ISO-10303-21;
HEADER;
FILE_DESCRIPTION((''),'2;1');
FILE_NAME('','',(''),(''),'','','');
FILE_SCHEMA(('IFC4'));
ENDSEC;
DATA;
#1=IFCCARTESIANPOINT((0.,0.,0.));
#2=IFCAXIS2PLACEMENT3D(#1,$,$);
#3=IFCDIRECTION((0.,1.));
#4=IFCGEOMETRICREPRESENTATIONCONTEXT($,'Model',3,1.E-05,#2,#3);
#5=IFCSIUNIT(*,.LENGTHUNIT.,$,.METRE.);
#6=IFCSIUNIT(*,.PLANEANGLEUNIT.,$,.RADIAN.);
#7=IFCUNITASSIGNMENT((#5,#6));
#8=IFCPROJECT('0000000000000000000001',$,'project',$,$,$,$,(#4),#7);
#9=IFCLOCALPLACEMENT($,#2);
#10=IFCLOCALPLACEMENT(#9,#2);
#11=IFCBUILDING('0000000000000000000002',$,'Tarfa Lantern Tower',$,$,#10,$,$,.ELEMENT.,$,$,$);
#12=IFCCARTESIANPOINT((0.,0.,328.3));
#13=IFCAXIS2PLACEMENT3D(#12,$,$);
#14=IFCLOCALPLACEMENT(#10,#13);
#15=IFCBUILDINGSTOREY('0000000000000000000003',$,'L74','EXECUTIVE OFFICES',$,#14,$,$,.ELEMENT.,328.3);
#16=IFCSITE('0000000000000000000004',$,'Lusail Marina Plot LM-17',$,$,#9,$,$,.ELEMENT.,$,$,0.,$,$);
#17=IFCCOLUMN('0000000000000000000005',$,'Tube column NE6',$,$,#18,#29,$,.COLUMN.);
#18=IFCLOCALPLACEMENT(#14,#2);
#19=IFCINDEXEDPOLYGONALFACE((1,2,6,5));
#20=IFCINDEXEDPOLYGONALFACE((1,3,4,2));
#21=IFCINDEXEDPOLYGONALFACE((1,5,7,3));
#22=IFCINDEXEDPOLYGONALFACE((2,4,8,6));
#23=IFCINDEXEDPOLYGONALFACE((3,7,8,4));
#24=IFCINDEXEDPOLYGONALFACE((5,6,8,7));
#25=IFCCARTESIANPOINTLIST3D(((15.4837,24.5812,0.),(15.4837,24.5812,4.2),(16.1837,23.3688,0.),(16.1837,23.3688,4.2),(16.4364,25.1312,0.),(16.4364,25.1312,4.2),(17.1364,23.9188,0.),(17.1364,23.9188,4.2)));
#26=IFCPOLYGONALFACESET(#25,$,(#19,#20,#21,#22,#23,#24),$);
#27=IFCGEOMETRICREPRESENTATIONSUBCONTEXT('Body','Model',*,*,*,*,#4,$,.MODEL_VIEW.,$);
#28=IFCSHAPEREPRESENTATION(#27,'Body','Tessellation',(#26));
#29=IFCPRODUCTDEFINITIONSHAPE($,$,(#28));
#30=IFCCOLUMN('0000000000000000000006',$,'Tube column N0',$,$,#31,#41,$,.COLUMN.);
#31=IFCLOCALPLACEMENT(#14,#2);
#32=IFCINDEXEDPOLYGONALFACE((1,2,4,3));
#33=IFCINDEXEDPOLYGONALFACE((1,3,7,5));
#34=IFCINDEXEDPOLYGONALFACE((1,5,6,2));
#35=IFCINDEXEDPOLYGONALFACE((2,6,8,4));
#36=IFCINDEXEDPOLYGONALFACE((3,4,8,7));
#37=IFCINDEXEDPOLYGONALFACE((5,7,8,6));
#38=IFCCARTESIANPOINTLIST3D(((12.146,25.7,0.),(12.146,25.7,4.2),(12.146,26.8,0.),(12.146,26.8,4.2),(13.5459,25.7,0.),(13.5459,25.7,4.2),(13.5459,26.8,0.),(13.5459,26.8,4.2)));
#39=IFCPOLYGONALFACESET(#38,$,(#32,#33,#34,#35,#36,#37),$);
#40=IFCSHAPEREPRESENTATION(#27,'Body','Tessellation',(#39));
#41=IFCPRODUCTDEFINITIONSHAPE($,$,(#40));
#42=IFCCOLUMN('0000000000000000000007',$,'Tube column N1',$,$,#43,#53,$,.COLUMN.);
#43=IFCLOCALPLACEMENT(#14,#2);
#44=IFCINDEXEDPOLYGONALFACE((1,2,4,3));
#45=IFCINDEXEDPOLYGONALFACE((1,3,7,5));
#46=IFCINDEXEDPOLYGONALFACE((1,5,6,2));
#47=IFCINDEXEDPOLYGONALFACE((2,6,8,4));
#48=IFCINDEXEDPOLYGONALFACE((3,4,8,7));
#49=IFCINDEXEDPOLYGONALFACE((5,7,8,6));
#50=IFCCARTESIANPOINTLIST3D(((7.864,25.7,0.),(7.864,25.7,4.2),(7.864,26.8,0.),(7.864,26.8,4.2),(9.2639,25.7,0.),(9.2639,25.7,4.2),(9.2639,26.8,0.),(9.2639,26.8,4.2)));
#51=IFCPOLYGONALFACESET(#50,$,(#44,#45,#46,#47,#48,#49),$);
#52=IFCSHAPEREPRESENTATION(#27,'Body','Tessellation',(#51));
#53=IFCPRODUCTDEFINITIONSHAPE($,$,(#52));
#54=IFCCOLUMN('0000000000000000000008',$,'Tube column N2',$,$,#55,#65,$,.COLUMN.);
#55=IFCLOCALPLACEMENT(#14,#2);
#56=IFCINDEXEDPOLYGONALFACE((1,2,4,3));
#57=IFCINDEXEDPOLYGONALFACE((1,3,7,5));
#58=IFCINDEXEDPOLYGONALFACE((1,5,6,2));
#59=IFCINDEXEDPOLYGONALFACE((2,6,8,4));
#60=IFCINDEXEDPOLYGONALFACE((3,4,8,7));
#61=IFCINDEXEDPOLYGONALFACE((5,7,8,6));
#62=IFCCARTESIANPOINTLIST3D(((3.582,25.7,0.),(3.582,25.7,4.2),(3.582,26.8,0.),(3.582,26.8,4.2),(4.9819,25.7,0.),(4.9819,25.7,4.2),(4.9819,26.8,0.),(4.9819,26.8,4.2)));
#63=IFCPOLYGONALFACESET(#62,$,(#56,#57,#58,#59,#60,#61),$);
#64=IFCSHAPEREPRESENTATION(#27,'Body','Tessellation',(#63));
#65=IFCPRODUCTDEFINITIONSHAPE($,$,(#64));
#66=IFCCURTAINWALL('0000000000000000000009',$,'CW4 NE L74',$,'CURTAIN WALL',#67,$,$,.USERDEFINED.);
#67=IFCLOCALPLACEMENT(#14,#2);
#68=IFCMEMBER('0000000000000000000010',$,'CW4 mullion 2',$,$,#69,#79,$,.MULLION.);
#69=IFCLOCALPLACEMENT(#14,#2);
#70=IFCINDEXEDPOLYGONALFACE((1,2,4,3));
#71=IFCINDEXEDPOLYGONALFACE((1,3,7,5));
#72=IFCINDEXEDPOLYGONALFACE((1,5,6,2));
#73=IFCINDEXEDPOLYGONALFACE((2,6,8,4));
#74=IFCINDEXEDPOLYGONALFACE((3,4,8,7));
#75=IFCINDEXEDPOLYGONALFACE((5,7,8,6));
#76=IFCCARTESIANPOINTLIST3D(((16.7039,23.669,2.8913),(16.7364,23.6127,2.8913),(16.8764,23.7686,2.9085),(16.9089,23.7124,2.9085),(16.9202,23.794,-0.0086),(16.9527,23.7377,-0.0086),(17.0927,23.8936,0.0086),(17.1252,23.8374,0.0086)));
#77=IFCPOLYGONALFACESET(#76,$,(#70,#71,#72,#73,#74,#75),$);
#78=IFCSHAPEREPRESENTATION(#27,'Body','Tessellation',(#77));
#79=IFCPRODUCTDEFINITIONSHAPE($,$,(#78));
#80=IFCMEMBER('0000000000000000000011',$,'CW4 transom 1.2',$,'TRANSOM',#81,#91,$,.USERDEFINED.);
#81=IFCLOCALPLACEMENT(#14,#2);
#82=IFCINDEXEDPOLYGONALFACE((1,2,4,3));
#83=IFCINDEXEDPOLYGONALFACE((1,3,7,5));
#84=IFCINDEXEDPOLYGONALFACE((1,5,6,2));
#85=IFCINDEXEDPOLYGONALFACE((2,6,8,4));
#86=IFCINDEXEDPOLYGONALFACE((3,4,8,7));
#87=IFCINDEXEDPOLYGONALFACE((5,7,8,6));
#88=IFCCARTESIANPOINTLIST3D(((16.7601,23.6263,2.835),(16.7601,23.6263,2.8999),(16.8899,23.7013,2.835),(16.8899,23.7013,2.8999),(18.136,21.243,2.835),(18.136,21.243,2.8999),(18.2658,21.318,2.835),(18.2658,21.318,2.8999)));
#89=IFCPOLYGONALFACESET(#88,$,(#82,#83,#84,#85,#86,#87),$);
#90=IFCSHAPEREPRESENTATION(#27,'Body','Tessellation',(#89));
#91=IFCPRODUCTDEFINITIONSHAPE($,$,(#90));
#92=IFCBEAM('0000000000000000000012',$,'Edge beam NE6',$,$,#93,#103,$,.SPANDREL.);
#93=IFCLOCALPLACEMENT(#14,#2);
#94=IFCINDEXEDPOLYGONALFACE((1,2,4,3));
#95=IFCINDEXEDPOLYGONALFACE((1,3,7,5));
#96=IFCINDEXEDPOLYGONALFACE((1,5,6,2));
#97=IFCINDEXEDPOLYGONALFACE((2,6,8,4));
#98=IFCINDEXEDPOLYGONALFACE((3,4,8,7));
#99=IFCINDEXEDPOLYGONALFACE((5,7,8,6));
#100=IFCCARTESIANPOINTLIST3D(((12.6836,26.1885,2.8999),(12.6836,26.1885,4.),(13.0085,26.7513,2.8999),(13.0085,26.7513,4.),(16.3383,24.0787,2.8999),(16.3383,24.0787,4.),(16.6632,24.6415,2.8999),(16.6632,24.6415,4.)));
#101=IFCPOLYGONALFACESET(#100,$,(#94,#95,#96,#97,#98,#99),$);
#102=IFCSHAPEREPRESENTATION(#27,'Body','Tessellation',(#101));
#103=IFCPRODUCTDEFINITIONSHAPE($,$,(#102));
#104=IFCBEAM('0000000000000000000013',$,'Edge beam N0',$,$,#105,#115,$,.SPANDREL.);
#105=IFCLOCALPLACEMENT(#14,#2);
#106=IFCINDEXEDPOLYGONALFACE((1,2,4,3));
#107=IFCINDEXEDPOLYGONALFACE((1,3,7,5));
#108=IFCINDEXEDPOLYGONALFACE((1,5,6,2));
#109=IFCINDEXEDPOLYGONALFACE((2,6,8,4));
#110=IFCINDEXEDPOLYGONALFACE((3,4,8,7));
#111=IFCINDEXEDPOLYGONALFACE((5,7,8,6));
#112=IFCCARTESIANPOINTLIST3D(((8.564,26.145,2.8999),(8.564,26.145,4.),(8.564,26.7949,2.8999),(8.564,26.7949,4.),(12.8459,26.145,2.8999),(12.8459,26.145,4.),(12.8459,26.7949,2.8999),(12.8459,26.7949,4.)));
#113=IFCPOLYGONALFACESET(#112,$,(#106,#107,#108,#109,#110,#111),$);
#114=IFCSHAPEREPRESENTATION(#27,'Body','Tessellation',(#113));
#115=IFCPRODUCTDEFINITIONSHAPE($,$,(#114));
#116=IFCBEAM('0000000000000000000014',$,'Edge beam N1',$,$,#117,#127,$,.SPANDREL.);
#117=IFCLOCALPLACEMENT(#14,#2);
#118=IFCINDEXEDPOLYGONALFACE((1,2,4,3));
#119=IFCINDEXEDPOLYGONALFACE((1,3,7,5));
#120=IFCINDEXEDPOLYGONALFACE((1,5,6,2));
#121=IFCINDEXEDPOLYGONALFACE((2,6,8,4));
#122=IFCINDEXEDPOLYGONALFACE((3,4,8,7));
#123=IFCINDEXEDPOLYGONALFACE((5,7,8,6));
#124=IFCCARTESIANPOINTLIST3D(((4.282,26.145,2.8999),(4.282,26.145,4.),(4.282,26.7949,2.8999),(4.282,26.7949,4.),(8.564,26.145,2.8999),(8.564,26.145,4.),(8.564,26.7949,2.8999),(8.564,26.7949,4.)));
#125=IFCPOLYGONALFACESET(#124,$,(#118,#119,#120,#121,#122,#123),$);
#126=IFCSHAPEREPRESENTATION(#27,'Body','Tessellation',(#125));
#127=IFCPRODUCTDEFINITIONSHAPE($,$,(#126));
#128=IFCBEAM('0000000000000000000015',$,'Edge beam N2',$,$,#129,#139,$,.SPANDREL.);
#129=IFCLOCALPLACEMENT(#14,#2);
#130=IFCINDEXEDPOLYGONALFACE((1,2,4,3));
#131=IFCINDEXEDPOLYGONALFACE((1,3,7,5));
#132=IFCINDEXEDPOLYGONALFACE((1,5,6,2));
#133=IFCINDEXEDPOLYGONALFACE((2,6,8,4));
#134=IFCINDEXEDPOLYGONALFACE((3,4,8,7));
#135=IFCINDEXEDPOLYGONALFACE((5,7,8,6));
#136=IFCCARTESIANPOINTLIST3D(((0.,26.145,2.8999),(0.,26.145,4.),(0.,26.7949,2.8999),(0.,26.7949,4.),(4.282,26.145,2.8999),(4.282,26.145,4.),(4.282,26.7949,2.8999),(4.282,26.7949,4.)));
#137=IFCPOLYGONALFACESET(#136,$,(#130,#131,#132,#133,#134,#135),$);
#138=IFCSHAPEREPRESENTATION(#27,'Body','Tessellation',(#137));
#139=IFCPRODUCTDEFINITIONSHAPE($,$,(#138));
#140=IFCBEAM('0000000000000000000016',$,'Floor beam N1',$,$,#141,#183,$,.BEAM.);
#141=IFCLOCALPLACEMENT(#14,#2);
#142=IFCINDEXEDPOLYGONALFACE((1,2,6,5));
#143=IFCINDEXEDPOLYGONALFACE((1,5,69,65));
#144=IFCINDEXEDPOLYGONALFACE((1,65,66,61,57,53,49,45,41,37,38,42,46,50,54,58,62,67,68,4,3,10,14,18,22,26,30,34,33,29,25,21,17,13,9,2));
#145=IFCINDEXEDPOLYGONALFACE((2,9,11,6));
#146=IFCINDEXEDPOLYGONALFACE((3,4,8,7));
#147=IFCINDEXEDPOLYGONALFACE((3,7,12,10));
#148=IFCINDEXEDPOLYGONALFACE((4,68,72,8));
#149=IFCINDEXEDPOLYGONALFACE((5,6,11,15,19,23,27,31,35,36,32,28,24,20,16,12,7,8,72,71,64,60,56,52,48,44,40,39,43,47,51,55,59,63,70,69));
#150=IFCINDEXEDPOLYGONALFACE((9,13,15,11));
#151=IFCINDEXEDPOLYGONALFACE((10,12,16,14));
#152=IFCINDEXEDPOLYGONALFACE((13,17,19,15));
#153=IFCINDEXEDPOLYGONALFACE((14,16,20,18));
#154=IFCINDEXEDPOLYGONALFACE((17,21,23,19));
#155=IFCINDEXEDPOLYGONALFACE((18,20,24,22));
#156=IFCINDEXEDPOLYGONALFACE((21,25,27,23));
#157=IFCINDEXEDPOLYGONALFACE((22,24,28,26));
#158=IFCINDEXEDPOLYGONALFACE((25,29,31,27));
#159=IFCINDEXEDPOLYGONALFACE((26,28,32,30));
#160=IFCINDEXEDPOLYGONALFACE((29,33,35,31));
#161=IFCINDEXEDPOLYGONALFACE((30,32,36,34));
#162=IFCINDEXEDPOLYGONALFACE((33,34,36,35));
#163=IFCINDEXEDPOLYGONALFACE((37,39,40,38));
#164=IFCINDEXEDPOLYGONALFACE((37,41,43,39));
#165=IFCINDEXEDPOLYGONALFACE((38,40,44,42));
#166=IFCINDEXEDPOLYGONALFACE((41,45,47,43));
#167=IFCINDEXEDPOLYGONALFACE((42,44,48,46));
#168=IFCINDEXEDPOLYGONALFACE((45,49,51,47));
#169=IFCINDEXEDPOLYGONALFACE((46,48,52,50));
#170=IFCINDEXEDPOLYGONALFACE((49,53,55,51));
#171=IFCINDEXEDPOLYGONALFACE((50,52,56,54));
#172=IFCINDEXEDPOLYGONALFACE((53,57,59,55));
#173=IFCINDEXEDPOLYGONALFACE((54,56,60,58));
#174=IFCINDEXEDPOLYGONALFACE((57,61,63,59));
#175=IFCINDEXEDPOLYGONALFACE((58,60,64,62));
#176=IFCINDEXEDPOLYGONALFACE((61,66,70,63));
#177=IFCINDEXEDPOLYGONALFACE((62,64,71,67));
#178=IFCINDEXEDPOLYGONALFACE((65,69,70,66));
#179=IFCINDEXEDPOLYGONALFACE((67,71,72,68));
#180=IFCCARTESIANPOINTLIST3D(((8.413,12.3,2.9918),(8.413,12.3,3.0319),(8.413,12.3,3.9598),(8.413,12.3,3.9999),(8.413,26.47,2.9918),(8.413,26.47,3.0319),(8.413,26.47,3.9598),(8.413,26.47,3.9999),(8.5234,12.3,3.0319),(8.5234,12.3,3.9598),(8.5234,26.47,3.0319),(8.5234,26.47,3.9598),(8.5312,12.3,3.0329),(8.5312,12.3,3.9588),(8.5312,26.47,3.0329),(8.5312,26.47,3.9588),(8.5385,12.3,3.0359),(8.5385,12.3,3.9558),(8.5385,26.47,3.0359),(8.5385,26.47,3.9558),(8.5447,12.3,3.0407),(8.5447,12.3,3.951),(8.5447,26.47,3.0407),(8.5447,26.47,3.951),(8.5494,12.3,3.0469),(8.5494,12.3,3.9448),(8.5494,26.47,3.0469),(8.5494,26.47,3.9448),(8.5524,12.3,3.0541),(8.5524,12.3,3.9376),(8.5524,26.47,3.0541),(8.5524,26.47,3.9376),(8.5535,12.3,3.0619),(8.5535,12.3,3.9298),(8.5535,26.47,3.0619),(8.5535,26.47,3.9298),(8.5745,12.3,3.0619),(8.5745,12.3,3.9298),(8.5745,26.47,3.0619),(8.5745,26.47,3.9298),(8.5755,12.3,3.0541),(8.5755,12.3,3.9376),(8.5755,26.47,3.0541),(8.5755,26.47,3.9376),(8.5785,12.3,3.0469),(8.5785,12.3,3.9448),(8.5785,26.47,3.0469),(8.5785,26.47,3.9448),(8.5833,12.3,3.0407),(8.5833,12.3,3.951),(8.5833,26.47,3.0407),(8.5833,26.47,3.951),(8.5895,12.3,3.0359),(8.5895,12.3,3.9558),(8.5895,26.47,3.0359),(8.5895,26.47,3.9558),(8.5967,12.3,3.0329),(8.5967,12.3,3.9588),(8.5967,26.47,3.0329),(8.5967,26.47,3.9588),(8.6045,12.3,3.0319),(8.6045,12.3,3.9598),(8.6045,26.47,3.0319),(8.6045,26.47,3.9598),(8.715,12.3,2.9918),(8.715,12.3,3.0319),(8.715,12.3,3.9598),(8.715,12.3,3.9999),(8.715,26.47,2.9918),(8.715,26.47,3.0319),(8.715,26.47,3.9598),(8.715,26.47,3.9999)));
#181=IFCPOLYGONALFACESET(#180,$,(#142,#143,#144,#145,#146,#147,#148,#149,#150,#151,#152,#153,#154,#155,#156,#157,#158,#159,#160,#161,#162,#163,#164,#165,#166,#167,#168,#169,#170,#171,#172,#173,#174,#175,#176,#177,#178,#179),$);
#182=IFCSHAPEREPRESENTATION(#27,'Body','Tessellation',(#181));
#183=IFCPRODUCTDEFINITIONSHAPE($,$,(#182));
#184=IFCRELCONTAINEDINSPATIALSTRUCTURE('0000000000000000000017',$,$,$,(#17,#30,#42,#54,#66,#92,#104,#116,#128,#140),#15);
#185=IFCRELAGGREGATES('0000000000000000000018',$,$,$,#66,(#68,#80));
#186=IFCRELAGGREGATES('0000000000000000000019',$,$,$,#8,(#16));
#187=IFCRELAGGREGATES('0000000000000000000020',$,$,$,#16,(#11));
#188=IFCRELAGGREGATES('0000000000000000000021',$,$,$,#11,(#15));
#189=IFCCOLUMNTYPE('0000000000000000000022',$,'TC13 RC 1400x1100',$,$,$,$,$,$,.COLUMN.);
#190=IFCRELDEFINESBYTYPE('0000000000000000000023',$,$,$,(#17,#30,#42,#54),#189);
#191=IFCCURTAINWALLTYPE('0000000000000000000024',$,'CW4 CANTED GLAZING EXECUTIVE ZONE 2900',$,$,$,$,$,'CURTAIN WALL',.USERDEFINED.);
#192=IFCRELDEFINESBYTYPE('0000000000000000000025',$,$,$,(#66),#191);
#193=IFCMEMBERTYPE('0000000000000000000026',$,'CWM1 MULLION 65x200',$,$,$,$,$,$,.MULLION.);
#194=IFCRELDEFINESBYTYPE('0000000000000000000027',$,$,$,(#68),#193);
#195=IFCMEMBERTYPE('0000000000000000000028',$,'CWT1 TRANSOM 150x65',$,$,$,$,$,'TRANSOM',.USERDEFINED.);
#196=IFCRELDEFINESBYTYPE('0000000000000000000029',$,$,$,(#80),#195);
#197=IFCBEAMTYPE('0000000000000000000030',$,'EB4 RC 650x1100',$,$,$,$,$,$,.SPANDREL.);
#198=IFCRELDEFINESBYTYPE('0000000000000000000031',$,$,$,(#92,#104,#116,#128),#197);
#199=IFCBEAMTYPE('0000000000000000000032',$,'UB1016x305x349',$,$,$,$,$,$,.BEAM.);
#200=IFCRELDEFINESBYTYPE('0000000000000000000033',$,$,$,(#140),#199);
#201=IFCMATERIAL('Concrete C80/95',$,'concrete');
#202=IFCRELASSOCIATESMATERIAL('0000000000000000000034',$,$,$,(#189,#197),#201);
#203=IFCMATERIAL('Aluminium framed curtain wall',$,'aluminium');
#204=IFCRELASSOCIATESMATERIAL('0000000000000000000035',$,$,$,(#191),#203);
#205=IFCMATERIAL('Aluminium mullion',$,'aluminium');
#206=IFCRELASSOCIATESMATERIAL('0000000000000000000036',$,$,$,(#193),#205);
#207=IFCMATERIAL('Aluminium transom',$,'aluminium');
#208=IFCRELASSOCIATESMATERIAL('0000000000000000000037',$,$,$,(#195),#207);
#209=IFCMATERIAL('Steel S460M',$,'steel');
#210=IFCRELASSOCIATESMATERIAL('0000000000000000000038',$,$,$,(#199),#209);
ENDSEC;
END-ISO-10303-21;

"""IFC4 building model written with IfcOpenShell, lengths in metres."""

from ifc_helpers import new_model, si_unit, direction, frame, origin, origin_2d, place, context, subcontext, project, spatial, rectangle, i_section, extrude, material, material_profile, profile_set, type_object, element, aggregate, save


model = new_model("IFC4")

# Units and contexts
model_context = context("Model", 3, precision=1e-05, world=origin(), true_north=direction((0.0, 1.0)))
body_context = subcontext(model_context, "Body", "Model", "MODEL_VIEW")
ifc_project = project(units=[si_unit("LENGTHUNIT", "METRE"), si_unit("PLANEANGLEUNIT", "RADIAN")], contexts=[model_context])

# Site, building, storey
site_placement = place(None, origin())
site = spatial("IfcSite", under=ifc_project, at=site_placement, Name="Lusail Marina Plot LM-17", CompositionType="ELEMENT", RefElevation=0.0)
building_placement = place(site_placement, origin())
building = spatial("IfcBuilding", under=site, at=building_placement, Name="Tarfa Lantern Tower", CompositionType="ELEMENT")
storey_placement = place(building_placement, frame((0.0, 0.0, 328.3)))
storey = spatial("IfcBuildingStorey", under=building, at=storey_placement, Name="L74", Description="EXECUTIVE OFFICES", CompositionType="ELEMENT", Elevation=328.3)

# Columns
ifc_material_1 = material(Name="Concrete C80/95", Category="concrete")
ifc_material_profile_1 = material_profile(ifc_material_1, rectangle(XDim=1.3999, YDim=1.1001, at=origin_2d()), Name="RC 1400x1100")
ifc_profile_set_1 = profile_set([ifc_material_profile_1], Name="Concrete C80/95")
column_type = type_object("IfcColumnType", Name="TC13 RC 1400x1100", PredefinedType="COLUMN", material=ifc_profile_set_1)
for number, where, z_axis, x_axis, name in (
    (1, (16.3101, 24.25, 0.0), (0.0, 0.0, 1.0), (-0.5, 0.866025, 0.0), "Tube column NE6"),
    (2, (12.8459, 26.25, 0.0), (0.0, 0.0, 1.0), (-1.0, 0.0, 0.0), "Tube column N0"),
    (3, (8.564, 26.25, 0.0), (0.0, 0.0, 1.0), (-1.0, 0.0, 0.0), "Tube column N1"),
    (4, (4.282, 26.25, 0.0), (0.0, 0.0, 1.0), (-1.0, 0.0, 0.0), "Tube column N2"),
):
    element("IfcColumn", number, at=place(storey_placement, frame(where, z_axis=z_axis, x_axis=x_axis)), inside=storey, type_object=column_type, Name=name, PredefinedType="COLUMN", context=body_context, shape_type="SweptSolid", body=[
        extrude(rectangle(XDim=1.3999, YDim=1.1001, at=origin_2d()), origin(), (0.0, 0.0, 1.0), 4.2),
    ])

# Curtain wall, members
ifc_material_2 = material(Name="Aluminium framed curtain wall", Category="aluminium")
curtain_wall_type = type_object("IfcCurtainWallType", Name="CW4 CANTED GLAZING EXECUTIVE ZONE 2900", ElementType="CURTAIN WALL", PredefinedType="USERDEFINED", material=ifc_material_2)
curtain_wall_placement = place(storey_placement, origin())
curtain_wall = element("IfcCurtainWall", 5, at=curtain_wall_placement, inside=storey, type_object=curtain_wall_type, Name="CW4 NE L74", ObjectType="CURTAIN WALL", PredefinedType="USERDEFINED")
ifc_material_3 = material(Name="Aluminium mullion", Category="aluminium")
ifc_material_profile_2 = material_profile(ifc_material_3, rectangle(XDim=0.0649, YDim=0.2, at=origin_2d()), Name="AL MULLION 65x200")
ifc_profile_set_2 = profile_set([ifc_material_profile_2], Name="Aluminium mullion")
member_type_1 = type_object("IfcMemberType", Name="CWM1 MULLION 65x200", PredefinedType="MULLION", material=ifc_profile_set_2)
member_1_placement = place(storey_placement, frame((17.0227, 23.8157, 0.0), z_axis=(-0.074316, -0.042946, 0.99631), x_axis=(0.500343, -0.865827, 0.0)))
member_1 = element("IfcMember", 6, at=member_1_placement, type_object=member_type_1, Name="CW4 mullion 2", PredefinedType="MULLION", context=body_context, shape_type="SweptSolid", body=[
    extrude(rectangle(XDim=0.0649, YDim=0.2, at=origin_2d()), origin(), (0.0, 0.0, 1.0), 2.9106),
])
ifc_material_4 = material(Name="Aluminium transom", Category="aluminium")
ifc_material_profile_3 = material_profile(ifc_material_4, rectangle(XDim=0.1499, YDim=0.0649, at=origin_2d()), Name="AL TRANSOM 150x65")
ifc_profile_set_3 = profile_set([ifc_material_profile_3], Name="Aluminium transom")
member_type_2 = type_object("IfcMemberType", Name="CWT1 TRANSOM 150x65", ElementType="TRANSOM", PredefinedType="USERDEFINED", material=ifc_profile_set_3)
member_2_placement = place(storey_placement, frame((18.2009, 21.2805, 2.8674), z_axis=(-0.499994, 0.866029, 0.0), x_axis=(-0.866029, -0.499994, 0.0)))
member_2 = element("IfcMember", 7, at=member_2_placement, type_object=member_type_2, Name="CW4 transom 1.2", ObjectType="TRANSOM", PredefinedType="USERDEFINED", context=body_context, shape_type="SweptSolid", body=[
    extrude(rectangle(XDim=0.1499, YDim=0.0649, at=origin_2d()), origin(), (0.0, 0.0, 1.0), 2.752),
])
aggregate(curtain_wall, [member_1, member_2])

# Beams
ifc_material_profile_4 = material_profile(ifc_material_1, rectangle(XDim=0.6499, YDim=1.1001, at=origin_2d()), Name="RC 650x1100")
ifc_profile_set_4 = profile_set([ifc_material_profile_4], Name="Concrete C80/95")
beam_type_1 = type_object("IfcBeamType", Name="EB4 RC 650x1100", PredefinedType="SPANDREL", material=ifc_profile_set_4)
beam_1_placement = place(storey_placement, frame((16.5007, 24.3601, 3.45), z_axis=(-0.866049, 0.499959, 0.0), x_axis=(-0.499959, -0.866049, 0.0)))
element("IfcBeam", 8, at=beam_1_placement, inside=storey, type_object=beam_type_1, Name="Edge beam NE6", PredefinedType="SPANDREL", context=body_context, shape_type="SweptSolid", body=[
    extrude(rectangle(XDim=0.6499, YDim=1.1001, at=origin_2d()), origin(), (0.0, 0.0, 1.0), 4.22),
])
for number, where, z_axis, x_axis, name in (
    (9, (12.8459, 26.47, 3.45), (-1.0, 0.0, 0.0), (0.0, -1.0, 0.0), "Edge beam N0"),
    (10, (8.564, 26.47, 3.45), (-1.0, 0.0, 0.0), (0.0, -1.0, 0.0), "Edge beam N1"),
    (11, (4.282, 26.47, 3.45), (-1.0, 0.0, 0.0), (0.0, -1.0, 0.0), "Edge beam N2"),
):
    element("IfcBeam", number, at=place(storey_placement, frame(where, z_axis=z_axis, x_axis=x_axis)), inside=storey, type_object=beam_type_1, Name=name, PredefinedType="SPANDREL", context=body_context, shape_type="SweptSolid", body=[
        extrude(rectangle(XDim=0.6499, YDim=1.1001, at=origin_2d()), origin(), (0.0, 0.0, 1.0), 4.282),
    ])
ifc_material_5 = material(Name="Steel S460M", Category="steel")
ifc_material_profile_5 = material_profile(ifc_material_5, i_section(OverallWidth=0.302, OverallDepth=1.0081, WebThickness=0.021, FlangeThickness=0.04, FilletRadius=0.03, at=origin_2d()), Name="UB1016x305x349")
ifc_profile_set_5 = profile_set([ifc_material_profile_5], Name="Steel S460M")
beam_type_2 = type_object("IfcBeamType", Name="UB1016x305x349", PredefinedType="BEAM", material=ifc_profile_set_5)
for number, where, z_axis, x_axis, name in (
    (12, (8.564, 26.47, 3.4958), (0.0, -1.0, 0.0), (1.0, 0.0, 0.0), "Floor beam N1"),
):
    element("IfcBeam", number, at=place(storey_placement, frame(where, z_axis=z_axis, x_axis=x_axis)), inside=storey, type_object=beam_type_2, Name=name, PredefinedType="BEAM", context=body_context, shape_type="SweptSolid", body=[
        extrude(i_section(OverallWidth=0.302, OverallDepth=1.0081, WebThickness=0.021, FlangeThickness=0.04, FilletRadius=0.03, at=origin_2d()), origin(), (0.0, 0.0, 1.0), 14.1699),
    ])

save(model, "model.ifc")
